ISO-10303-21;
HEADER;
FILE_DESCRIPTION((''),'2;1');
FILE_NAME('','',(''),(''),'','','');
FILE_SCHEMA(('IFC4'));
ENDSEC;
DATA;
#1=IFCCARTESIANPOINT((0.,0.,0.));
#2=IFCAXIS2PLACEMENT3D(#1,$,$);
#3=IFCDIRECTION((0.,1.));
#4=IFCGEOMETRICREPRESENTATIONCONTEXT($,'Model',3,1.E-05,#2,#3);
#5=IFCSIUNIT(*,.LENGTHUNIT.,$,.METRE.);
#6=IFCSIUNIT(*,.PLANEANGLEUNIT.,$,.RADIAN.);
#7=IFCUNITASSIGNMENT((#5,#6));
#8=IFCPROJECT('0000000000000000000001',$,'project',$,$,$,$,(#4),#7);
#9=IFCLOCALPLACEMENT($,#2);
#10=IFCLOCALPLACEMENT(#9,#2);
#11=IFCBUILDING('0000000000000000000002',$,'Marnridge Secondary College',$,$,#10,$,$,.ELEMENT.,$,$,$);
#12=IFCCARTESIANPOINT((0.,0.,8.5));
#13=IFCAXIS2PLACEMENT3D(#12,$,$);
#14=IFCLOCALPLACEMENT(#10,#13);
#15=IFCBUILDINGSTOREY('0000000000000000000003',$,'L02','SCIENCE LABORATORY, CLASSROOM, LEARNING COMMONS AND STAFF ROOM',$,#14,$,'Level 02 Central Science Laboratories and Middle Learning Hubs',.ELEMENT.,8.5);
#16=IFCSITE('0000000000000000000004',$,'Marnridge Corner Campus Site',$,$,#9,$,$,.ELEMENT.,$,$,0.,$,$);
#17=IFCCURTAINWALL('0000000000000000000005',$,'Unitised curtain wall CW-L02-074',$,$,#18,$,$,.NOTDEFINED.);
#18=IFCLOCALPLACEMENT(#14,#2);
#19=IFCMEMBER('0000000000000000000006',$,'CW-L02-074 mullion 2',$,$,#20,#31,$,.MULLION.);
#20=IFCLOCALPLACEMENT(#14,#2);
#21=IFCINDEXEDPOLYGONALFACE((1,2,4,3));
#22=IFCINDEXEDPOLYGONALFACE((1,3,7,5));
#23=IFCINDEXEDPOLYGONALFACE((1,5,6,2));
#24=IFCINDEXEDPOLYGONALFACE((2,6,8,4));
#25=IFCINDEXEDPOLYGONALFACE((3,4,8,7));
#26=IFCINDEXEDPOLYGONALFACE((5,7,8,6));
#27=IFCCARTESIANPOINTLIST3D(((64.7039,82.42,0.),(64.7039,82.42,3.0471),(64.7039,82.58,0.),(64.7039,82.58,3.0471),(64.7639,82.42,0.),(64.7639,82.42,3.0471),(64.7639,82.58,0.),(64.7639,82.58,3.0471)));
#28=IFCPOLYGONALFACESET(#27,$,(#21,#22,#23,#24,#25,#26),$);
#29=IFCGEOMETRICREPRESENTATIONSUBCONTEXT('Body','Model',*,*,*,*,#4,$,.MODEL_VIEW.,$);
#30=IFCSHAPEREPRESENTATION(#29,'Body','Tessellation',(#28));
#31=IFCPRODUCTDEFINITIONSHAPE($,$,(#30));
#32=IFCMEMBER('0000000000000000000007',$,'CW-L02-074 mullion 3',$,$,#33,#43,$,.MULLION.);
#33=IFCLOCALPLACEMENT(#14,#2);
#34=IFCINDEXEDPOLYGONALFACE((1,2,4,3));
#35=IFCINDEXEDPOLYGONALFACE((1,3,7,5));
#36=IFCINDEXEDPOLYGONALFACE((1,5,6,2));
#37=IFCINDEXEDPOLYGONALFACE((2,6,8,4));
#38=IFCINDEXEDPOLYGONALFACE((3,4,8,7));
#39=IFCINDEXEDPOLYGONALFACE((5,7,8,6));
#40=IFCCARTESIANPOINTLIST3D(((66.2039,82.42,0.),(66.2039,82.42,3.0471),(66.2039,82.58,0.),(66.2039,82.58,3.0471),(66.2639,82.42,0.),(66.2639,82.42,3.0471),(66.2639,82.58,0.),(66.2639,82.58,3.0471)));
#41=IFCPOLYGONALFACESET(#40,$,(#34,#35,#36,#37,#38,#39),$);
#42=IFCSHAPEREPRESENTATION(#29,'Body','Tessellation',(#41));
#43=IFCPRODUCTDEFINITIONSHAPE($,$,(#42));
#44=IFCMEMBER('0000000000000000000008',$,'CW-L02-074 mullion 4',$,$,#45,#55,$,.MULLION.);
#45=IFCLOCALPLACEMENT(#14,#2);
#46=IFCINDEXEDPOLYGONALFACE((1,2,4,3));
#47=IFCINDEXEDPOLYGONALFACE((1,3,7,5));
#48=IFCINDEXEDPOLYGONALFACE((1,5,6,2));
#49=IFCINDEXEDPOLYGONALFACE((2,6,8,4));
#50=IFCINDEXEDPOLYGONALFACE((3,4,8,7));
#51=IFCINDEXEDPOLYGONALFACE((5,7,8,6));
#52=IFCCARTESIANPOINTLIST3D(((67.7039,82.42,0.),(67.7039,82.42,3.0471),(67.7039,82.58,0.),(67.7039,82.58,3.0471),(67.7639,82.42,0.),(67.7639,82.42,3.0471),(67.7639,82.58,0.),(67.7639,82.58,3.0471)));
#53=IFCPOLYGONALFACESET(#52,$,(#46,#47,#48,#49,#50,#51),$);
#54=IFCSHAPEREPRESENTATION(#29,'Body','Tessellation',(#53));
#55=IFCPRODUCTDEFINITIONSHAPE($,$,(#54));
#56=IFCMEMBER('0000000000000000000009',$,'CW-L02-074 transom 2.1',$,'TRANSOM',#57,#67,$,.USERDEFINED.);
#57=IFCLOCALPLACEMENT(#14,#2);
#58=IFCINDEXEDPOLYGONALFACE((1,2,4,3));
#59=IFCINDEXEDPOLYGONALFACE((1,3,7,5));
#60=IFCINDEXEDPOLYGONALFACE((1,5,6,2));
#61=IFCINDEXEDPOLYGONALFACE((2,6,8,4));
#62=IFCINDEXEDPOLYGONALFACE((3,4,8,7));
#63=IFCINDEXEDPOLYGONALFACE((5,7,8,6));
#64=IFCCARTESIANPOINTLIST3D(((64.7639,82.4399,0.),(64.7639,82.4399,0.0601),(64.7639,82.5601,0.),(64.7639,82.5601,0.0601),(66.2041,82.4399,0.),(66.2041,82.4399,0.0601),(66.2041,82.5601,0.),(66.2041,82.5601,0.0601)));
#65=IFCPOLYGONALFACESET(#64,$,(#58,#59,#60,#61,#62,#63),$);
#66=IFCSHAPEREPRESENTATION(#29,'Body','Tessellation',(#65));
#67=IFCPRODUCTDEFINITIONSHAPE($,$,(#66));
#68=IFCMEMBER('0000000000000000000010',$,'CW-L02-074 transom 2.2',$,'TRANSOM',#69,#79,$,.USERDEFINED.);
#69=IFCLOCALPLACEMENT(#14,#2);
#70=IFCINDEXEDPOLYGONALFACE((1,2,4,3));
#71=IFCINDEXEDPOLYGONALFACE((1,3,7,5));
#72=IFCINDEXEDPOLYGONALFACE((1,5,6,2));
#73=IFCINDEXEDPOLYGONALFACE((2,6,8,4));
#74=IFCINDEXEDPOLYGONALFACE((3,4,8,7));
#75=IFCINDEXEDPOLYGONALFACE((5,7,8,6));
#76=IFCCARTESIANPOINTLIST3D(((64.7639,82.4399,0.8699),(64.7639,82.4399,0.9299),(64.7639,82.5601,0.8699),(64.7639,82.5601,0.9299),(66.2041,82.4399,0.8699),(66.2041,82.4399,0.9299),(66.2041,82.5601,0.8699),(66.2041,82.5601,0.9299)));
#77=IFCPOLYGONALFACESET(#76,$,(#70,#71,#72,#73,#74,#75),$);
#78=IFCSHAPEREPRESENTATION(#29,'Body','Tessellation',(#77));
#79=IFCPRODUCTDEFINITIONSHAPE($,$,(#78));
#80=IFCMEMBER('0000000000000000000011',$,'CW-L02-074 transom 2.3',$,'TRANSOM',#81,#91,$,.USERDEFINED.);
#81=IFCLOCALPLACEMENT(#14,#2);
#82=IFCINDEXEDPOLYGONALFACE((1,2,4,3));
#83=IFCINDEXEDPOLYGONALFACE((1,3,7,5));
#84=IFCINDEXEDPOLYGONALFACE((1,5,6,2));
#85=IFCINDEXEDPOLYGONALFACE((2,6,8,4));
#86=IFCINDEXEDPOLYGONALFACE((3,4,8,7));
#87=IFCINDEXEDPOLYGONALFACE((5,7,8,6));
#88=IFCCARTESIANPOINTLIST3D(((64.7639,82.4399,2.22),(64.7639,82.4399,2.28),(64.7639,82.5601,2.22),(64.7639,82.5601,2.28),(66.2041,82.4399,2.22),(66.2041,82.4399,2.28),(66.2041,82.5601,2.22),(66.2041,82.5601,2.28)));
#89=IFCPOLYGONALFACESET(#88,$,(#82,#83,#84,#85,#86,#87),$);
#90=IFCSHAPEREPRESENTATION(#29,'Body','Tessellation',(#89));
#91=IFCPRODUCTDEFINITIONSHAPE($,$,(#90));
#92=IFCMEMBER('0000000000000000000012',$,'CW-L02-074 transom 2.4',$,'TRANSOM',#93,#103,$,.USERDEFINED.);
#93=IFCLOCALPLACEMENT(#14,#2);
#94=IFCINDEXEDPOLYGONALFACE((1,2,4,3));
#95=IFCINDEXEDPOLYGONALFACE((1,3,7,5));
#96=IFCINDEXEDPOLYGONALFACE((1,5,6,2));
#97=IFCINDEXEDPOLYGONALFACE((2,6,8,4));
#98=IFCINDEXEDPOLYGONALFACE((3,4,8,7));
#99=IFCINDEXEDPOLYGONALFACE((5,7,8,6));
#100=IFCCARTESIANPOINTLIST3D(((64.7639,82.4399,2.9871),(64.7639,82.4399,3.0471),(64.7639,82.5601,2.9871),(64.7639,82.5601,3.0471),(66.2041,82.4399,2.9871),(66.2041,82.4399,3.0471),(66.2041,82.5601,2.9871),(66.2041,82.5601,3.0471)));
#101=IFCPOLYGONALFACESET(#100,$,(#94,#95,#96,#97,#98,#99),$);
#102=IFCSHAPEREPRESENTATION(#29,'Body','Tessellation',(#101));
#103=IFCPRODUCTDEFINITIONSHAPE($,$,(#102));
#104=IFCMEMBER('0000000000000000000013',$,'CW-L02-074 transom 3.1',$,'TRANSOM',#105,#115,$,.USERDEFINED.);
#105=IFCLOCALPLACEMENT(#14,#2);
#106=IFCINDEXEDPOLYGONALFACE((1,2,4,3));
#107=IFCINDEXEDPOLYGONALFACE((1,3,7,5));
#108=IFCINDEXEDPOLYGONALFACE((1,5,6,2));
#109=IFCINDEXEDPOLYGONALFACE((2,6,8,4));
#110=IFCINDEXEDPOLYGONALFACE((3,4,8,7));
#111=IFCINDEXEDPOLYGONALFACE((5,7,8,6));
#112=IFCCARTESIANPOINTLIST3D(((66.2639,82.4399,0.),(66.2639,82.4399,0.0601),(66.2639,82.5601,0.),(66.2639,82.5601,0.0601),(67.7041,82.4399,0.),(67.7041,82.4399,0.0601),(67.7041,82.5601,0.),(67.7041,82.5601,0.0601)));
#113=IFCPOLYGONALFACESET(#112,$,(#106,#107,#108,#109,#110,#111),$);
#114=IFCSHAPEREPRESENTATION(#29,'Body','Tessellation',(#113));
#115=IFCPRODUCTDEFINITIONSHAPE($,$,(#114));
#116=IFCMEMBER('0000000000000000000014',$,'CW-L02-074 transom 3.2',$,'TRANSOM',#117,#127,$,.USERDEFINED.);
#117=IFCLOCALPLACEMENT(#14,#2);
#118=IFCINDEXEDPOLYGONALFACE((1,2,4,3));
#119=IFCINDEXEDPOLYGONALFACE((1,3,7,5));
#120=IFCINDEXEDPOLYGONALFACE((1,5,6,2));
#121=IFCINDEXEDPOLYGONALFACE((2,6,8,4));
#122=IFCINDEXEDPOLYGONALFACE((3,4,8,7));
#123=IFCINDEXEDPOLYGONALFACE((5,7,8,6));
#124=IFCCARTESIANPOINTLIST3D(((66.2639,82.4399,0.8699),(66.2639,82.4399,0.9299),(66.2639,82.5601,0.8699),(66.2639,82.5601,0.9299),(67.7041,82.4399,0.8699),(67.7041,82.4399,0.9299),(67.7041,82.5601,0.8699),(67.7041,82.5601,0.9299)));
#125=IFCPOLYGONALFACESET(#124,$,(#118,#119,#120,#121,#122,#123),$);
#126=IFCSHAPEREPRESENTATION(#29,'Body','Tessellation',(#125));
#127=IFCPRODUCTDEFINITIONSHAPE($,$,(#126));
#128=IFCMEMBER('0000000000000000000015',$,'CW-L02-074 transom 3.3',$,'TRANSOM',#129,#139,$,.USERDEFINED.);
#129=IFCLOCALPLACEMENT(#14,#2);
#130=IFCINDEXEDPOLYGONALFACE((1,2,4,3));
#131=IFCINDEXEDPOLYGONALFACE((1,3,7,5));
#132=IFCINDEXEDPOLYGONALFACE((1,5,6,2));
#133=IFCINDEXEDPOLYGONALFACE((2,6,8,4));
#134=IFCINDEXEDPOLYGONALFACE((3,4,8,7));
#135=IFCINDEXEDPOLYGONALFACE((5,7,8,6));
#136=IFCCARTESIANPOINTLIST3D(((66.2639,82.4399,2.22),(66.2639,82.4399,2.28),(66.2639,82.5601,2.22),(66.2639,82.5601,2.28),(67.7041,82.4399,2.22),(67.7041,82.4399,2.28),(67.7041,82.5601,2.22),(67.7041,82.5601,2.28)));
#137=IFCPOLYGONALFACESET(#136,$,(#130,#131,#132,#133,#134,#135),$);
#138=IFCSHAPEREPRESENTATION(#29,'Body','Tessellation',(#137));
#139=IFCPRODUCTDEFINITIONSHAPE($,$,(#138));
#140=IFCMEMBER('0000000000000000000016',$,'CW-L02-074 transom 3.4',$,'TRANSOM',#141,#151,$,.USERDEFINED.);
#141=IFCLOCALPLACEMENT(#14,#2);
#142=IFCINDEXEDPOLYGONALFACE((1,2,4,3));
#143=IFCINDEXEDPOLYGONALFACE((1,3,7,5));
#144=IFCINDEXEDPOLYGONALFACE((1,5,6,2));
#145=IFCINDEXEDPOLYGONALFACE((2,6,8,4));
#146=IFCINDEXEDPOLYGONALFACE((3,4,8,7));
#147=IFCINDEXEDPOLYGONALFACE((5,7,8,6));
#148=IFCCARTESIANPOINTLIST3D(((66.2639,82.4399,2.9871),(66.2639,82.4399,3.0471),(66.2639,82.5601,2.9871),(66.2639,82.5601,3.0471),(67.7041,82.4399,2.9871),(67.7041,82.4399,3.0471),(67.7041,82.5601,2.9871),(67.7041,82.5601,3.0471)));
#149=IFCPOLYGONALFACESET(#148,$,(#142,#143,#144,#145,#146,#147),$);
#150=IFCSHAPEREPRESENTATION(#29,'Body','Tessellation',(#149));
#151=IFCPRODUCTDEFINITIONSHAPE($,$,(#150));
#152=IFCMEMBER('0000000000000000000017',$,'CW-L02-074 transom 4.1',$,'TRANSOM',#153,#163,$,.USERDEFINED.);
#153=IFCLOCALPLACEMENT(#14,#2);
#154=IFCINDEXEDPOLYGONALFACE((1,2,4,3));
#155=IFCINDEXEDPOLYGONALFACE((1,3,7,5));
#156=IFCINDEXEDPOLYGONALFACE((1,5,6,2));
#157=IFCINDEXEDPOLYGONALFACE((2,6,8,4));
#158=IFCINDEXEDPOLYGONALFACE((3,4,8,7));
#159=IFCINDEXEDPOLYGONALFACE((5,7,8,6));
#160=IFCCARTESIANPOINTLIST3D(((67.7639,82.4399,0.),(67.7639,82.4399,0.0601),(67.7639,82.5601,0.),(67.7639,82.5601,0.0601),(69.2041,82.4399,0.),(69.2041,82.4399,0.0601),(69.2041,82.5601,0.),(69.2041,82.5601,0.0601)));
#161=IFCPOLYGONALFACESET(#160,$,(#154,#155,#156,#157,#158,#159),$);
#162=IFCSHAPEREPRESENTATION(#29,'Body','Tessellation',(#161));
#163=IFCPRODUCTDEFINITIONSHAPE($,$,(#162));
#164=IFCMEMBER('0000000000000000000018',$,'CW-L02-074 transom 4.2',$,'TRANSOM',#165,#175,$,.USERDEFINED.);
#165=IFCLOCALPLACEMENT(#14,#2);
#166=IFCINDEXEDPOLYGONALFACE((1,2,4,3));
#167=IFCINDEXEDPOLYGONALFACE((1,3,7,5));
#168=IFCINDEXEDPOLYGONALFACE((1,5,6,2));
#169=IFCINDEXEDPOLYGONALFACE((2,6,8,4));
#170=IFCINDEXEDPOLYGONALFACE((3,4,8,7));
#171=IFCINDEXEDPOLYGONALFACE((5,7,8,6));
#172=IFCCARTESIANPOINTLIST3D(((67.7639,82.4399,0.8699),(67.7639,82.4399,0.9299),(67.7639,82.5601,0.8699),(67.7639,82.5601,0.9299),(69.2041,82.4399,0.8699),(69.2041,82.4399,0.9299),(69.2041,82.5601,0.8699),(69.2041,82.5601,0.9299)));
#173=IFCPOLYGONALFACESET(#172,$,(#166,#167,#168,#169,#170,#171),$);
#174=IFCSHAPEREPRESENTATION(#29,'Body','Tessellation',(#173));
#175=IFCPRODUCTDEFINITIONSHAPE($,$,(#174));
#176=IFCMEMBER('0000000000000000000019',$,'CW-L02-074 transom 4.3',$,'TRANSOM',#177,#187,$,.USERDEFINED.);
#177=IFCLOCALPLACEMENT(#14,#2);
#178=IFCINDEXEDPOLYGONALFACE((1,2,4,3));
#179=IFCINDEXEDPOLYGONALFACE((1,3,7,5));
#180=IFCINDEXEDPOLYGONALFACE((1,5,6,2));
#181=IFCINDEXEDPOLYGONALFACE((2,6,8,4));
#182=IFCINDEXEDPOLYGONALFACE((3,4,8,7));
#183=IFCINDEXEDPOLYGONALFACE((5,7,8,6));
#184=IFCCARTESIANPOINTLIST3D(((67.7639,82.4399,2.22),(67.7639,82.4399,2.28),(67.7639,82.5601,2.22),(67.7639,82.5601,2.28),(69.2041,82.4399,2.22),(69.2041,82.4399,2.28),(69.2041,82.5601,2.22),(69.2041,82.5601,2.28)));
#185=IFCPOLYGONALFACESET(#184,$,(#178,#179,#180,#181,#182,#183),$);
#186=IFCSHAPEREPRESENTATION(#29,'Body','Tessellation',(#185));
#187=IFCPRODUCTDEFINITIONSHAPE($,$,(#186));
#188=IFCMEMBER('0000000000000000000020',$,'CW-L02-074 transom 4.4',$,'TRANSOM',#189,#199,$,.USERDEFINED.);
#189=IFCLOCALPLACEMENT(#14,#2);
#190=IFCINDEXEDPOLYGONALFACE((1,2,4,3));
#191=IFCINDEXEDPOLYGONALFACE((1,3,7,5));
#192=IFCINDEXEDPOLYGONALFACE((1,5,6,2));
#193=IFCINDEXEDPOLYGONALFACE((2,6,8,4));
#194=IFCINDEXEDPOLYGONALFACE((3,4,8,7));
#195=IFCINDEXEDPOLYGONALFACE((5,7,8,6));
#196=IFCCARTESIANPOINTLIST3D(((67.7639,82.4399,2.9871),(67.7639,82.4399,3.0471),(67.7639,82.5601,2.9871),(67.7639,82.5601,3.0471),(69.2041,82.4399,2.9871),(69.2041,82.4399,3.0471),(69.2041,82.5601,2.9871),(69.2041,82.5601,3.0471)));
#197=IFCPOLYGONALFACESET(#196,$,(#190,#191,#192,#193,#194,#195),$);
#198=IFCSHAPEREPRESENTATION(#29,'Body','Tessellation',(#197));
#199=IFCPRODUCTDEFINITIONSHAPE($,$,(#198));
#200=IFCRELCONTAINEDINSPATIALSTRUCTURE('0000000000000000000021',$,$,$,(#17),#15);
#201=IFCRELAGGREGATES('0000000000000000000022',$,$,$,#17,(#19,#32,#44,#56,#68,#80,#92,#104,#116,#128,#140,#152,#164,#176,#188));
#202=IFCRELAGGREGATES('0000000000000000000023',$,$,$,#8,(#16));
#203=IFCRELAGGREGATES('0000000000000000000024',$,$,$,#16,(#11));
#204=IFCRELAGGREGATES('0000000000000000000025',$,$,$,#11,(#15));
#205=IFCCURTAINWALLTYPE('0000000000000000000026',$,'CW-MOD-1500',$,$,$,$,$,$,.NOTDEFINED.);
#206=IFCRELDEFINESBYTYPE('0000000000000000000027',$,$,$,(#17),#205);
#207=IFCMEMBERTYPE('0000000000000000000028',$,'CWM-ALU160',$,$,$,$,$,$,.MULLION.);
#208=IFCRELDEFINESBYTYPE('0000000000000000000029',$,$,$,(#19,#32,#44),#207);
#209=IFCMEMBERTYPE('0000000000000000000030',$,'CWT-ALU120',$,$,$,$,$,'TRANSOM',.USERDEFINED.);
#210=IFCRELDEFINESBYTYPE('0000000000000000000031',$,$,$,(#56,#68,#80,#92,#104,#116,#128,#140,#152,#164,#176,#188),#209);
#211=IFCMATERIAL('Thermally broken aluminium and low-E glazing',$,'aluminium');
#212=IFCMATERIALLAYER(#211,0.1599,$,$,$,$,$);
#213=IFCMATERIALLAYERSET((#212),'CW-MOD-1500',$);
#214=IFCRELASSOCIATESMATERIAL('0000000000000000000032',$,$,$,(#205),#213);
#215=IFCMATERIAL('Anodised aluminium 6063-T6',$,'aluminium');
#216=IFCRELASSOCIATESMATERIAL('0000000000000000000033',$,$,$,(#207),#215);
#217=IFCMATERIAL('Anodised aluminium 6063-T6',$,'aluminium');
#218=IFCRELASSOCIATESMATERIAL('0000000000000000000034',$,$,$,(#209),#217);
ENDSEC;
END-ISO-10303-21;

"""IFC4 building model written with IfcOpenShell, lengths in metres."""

from ifc_helpers import new_model, si_unit, direction, frame, origin, origin_2d, place, context, subcontext, project, spatial, rectangle, extrude, material, layer, layer_set, material_profile, profile_set, type_object, element, aggregate, save


model = new_model("IFC4")

# Units and contexts
model_context = context("Model", 3, precision=1e-05, world=origin(), true_north=direction((0.0, 1.0)))
body_context = subcontext(model_context, "Body", "Model", "MODEL_VIEW")
ifc_project = project(units=[si_unit("LENGTHUNIT", "METRE"), si_unit("PLANEANGLEUNIT", "RADIAN")], contexts=[model_context])

# Site, building, storey
site_placement = place(None, origin())
site = spatial("IfcSite", under=ifc_project, at=site_placement, Name="Marnridge Corner Campus Site", CompositionType="ELEMENT", RefElevation=0.0)
building_placement = place(site_placement, origin())
building = spatial("IfcBuilding", under=site, at=building_placement, Name="Marnridge Secondary College", CompositionType="ELEMENT")
storey_placement = place(building_placement, frame((0.0, 0.0, 8.5)))
storey = spatial("IfcBuildingStorey", under=building, at=storey_placement, Name="L02", Description="SCIENCE LABORATORY, CLASSROOM, LEARNING COMMONS AND STAFF ROOM", LongName="Level 02 Central Science Laboratories and Middle Learning Hubs", CompositionType="ELEMENT", Elevation=8.5)

# Curtain wall, members
ifc_material_1 = material(Name="Thermally broken aluminium and low-E glazing", Category="aluminium")
ifc_layer_1 = layer(ifc_material_1, 0.1599)
ifc_layer_set_1 = layer_set([ifc_layer_1], Name="CW-MOD-1500")
curtain_wall_type = type_object("IfcCurtainWallType", Name="CW-MOD-1500", PredefinedType="NOTDEFINED", material=ifc_layer_set_1)
curtain_wall_placement = place(storey_placement, origin())
curtain_wall = element("IfcCurtainWall", 1, at=curtain_wall_placement, inside=storey, type_object=curtain_wall_type, Name="Unitised curtain wall CW-L02-074", PredefinedType="NOTDEFINED")
ifc_material_2 = material(Name="Anodised aluminium 6063-T6", Category="aluminium")
ifc_material_profile_1 = material_profile(ifc_material_2, rectangle(XDim=0.0601, YDim=0.1599, at=origin_2d()), Name="ALU 60x160")
ifc_profile_set_1 = profile_set([ifc_material_profile_1], Name="Anodised aluminium 6063-T6")
member_type_1 = type_object("IfcMemberType", Name="CWM-ALU160", PredefinedType="MULLION", material=ifc_profile_set_1)
member_1_placement = place(storey_placement, frame((64.7339, 82.5, 0.0), z_axis=(0.0, 0.0, 1.0), x_axis=(1.0, 0.0, 0.0)))
member_1 = element("IfcMember", 2, at=member_1_placement, type_object=member_type_1, Name="CW-L02-074 mullion 2", PredefinedType="MULLION", context=body_context, shape_type="SweptSolid", body=[
    extrude(rectangle(XDim=0.0601, YDim=0.1599, at=origin_2d()), origin(), (0.0, 0.0, 1.0), 3.0471),
])
member_2_placement = place(storey_placement, frame((66.2339, 82.5, 0.0), z_axis=(0.0, 0.0, 1.0), x_axis=(1.0, 0.0, 0.0)))
member_2 = element("IfcMember", 3, at=member_2_placement, type_object=member_type_1, Name="CW-L02-074 mullion 3", PredefinedType="MULLION", context=body_context, shape_type="SweptSolid", body=[
    extrude(rectangle(XDim=0.0601, YDim=0.1599, at=origin_2d()), origin(), (0.0, 0.0, 1.0), 3.0471),
])
member_3_placement = place(storey_placement, frame((67.7339, 82.5, 0.0), z_axis=(0.0, 0.0, 1.0), x_axis=(1.0, 0.0, 0.0)))
member_3 = element("IfcMember", 4, at=member_3_placement, type_object=member_type_1, Name="CW-L02-074 mullion 4", PredefinedType="MULLION", context=body_context, shape_type="SweptSolid", body=[
    extrude(rectangle(XDim=0.0601, YDim=0.1599, at=origin_2d()), origin(), (0.0, 0.0, 1.0), 3.0471),
])
ifc_material_3 = material(Name="Anodised aluminium 6063-T6", Category="aluminium")
ifc_material_profile_2 = material_profile(ifc_material_3, rectangle(XDim=0.0601, YDim=0.1201, at=origin_2d()), Name="ALU 60x120")
ifc_profile_set_2 = profile_set([ifc_material_profile_2], Name="Anodised aluminium 6063-T6")
member_type_2 = type_object("IfcMemberType", Name="CWT-ALU120", ElementType="TRANSOM", PredefinedType="USERDEFINED", material=ifc_profile_set_2)
member_4_placement = place(storey_placement, frame((64.7639, 82.5, 0.03), z_axis=(1.0, 0.0, 0.0), x_axis=(0.0, 0.0, 1.0)))
member_4 = element("IfcMember", 5, at=member_4_placement, type_object=member_type_2, Name="CW-L02-074 transom 2.1", ObjectType="TRANSOM", PredefinedType="USERDEFINED", context=body_context, shape_type="SweptSolid", body=[
    extrude(rectangle(XDim=0.0601, YDim=0.1201, at=origin_2d()), origin(), (0.0, 0.0, 1.0), 1.4402),
])
member_5_placement = place(storey_placement, frame((64.7639, 82.5, 0.8999), z_axis=(1.0, 0.0, 0.0), x_axis=(0.0, 0.0, 1.0)))
member_5 = element("IfcMember", 6, at=member_5_placement, type_object=member_type_2, Name="CW-L02-074 transom 2.2", ObjectType="TRANSOM", PredefinedType="USERDEFINED", context=body_context, shape_type="SweptSolid", body=[
    extrude(rectangle(XDim=0.0601, YDim=0.1201, at=origin_2d()), origin(), (0.0, 0.0, 1.0), 1.4402),
])
member_6_placement = place(storey_placement, frame((64.7639, 82.5, 2.25), z_axis=(1.0, 0.0, 0.0), x_axis=(0.0, 0.0, 1.0)))
member_6 = element("IfcMember", 7, at=member_6_placement, type_object=member_type_2, Name="CW-L02-074 transom 2.3", ObjectType="TRANSOM", PredefinedType="USERDEFINED", context=body_context, shape_type="SweptSolid", body=[
    extrude(rectangle(XDim=0.0601, YDim=0.1201, at=origin_2d()), origin(), (0.0, 0.0, 1.0), 1.4402),
])
member_7_placement = place(storey_placement, frame((64.7639, 82.5, 3.0171), z_axis=(1.0, 0.0, 0.0), x_axis=(0.0, 0.0, 1.0)))
member_7 = element("IfcMember", 8, at=member_7_placement, type_object=member_type_2, Name="CW-L02-074 transom 2.4", ObjectType="TRANSOM", PredefinedType="USERDEFINED", context=body_context, shape_type="SweptSolid", body=[
    extrude(rectangle(XDim=0.0601, YDim=0.1201, at=origin_2d()), origin(), (0.0, 0.0, 1.0), 1.4402),
])
member_8_placement = place(storey_placement, frame((66.2639, 82.5, 0.03), z_axis=(1.0, 0.0, 0.0), x_axis=(0.0, 0.0, 1.0)))
member_8 = element("IfcMember", 9, at=member_8_placement, type_object=member_type_2, Name="CW-L02-074 transom 3.1", ObjectType="TRANSOM", PredefinedType="USERDEFINED", context=body_context, shape_type="SweptSolid", body=[
    extrude(rectangle(XDim=0.0601, YDim=0.1201, at=origin_2d()), origin(), (0.0, 0.0, 1.0), 1.4402),
])
member_9_placement = place(storey_placement, frame((66.2639, 82.5, 0.8999), z_axis=(1.0, 0.0, 0.0), x_axis=(0.0, 0.0, 1.0)))
member_9 = element("IfcMember", 10, at=member_9_placement, type_object=member_type_2, Name="CW-L02-074 transom 3.2", ObjectType="TRANSOM", PredefinedType="USERDEFINED", context=body_context, shape_type="SweptSolid", body=[
    extrude(rectangle(XDim=0.0601, YDim=0.1201, at=origin_2d()), origin(), (0.0, 0.0, 1.0), 1.4402),
])
member_10_placement = place(storey_placement, frame((66.2639, 82.5, 2.25), z_axis=(1.0, 0.0, 0.0), x_axis=(0.0, 0.0, 1.0)))
member_10 = element("IfcMember", 11, at=member_10_placement, type_object=member_type_2, Name="CW-L02-074 transom 3.3", ObjectType="TRANSOM", PredefinedType="USERDEFINED", context=body_context, shape_type="SweptSolid", body=[
    extrude(rectangle(XDim=0.0601, YDim=0.1201, at=origin_2d()), origin(), (0.0, 0.0, 1.0), 1.4402),
])
member_11_placement = place(storey_placement, frame((66.2639, 82.5, 3.0171), z_axis=(1.0, 0.0, 0.0), x_axis=(0.0, 0.0, 1.0)))
member_11 = element("IfcMember", 12, at=member_11_placement, type_object=member_type_2, Name="CW-L02-074 transom 3.4", ObjectType="TRANSOM", PredefinedType="USERDEFINED", context=body_context, shape_type="SweptSolid", body=[
    extrude(rectangle(XDim=0.0601, YDim=0.1201, at=origin_2d()), origin(), (0.0, 0.0, 1.0), 1.4402),
])
member_12_placement = place(storey_placement, frame((67.7639, 82.5, 0.03), z_axis=(1.0, 0.0, 0.0), x_axis=(0.0, 0.0, 1.0)))
member_12 = element("IfcMember", 13, at=member_12_placement, type_object=member_type_2, Name="CW-L02-074 transom 4.1", ObjectType="TRANSOM", PredefinedType="USERDEFINED", context=body_context, shape_type="SweptSolid", body=[
    extrude(rectangle(XDim=0.0601, YDim=0.1201, at=origin_2d()), origin(), (0.0, 0.0, 1.0), 1.4402),
])
member_13_placement = place(storey_placement, frame((67.7639, 82.5, 0.8999), z_axis=(1.0, 0.0, 0.0), x_axis=(0.0, 0.0, 1.0)))
member_13 = element("IfcMember", 14, at=member_13_placement, type_object=member_type_2, Name="CW-L02-074 transom 4.2", ObjectType="TRANSOM", PredefinedType="USERDEFINED", context=body_context, shape_type="SweptSolid", body=[
    extrude(rectangle(XDim=0.0601, YDim=0.1201, at=origin_2d()), origin(), (0.0, 0.0, 1.0), 1.4402),
])
member_14_placement = place(storey_placement, frame((67.7639, 82.5, 2.25), z_axis=(1.0, 0.0, 0.0), x_axis=(0.0, 0.0, 1.0)))
member_14 = element("IfcMember", 15, at=member_14_placement, type_object=member_type_2, Name="CW-L02-074 transom 4.3", ObjectType="TRANSOM", PredefinedType="USERDEFINED", context=body_context, shape_type="SweptSolid", body=[
    extrude(rectangle(XDim=0.0601, YDim=0.1201, at=origin_2d()), origin(), (0.0, 0.0, 1.0), 1.4402),
])
member_15_placement = place(storey_placement, frame((67.7639, 82.5, 3.0171), z_axis=(1.0, 0.0, 0.0), x_axis=(0.0, 0.0, 1.0)))
member_15 = element("IfcMember", 16, at=member_15_placement, type_object=member_type_2, Name="CW-L02-074 transom 4.4", ObjectType="TRANSOM", PredefinedType="USERDEFINED", context=body_context, shape_type="SweptSolid", body=[
    extrude(rectangle(XDim=0.0601, YDim=0.1201, at=origin_2d()), origin(), (0.0, 0.0, 1.0), 1.4402),
])
aggregate(curtain_wall, [member_1, member_2, member_3, member_4, member_5, member_6, member_7, member_8, member_9, member_10, member_11, member_12, member_13, member_14, member_15])

save(model, "model.ifc")
